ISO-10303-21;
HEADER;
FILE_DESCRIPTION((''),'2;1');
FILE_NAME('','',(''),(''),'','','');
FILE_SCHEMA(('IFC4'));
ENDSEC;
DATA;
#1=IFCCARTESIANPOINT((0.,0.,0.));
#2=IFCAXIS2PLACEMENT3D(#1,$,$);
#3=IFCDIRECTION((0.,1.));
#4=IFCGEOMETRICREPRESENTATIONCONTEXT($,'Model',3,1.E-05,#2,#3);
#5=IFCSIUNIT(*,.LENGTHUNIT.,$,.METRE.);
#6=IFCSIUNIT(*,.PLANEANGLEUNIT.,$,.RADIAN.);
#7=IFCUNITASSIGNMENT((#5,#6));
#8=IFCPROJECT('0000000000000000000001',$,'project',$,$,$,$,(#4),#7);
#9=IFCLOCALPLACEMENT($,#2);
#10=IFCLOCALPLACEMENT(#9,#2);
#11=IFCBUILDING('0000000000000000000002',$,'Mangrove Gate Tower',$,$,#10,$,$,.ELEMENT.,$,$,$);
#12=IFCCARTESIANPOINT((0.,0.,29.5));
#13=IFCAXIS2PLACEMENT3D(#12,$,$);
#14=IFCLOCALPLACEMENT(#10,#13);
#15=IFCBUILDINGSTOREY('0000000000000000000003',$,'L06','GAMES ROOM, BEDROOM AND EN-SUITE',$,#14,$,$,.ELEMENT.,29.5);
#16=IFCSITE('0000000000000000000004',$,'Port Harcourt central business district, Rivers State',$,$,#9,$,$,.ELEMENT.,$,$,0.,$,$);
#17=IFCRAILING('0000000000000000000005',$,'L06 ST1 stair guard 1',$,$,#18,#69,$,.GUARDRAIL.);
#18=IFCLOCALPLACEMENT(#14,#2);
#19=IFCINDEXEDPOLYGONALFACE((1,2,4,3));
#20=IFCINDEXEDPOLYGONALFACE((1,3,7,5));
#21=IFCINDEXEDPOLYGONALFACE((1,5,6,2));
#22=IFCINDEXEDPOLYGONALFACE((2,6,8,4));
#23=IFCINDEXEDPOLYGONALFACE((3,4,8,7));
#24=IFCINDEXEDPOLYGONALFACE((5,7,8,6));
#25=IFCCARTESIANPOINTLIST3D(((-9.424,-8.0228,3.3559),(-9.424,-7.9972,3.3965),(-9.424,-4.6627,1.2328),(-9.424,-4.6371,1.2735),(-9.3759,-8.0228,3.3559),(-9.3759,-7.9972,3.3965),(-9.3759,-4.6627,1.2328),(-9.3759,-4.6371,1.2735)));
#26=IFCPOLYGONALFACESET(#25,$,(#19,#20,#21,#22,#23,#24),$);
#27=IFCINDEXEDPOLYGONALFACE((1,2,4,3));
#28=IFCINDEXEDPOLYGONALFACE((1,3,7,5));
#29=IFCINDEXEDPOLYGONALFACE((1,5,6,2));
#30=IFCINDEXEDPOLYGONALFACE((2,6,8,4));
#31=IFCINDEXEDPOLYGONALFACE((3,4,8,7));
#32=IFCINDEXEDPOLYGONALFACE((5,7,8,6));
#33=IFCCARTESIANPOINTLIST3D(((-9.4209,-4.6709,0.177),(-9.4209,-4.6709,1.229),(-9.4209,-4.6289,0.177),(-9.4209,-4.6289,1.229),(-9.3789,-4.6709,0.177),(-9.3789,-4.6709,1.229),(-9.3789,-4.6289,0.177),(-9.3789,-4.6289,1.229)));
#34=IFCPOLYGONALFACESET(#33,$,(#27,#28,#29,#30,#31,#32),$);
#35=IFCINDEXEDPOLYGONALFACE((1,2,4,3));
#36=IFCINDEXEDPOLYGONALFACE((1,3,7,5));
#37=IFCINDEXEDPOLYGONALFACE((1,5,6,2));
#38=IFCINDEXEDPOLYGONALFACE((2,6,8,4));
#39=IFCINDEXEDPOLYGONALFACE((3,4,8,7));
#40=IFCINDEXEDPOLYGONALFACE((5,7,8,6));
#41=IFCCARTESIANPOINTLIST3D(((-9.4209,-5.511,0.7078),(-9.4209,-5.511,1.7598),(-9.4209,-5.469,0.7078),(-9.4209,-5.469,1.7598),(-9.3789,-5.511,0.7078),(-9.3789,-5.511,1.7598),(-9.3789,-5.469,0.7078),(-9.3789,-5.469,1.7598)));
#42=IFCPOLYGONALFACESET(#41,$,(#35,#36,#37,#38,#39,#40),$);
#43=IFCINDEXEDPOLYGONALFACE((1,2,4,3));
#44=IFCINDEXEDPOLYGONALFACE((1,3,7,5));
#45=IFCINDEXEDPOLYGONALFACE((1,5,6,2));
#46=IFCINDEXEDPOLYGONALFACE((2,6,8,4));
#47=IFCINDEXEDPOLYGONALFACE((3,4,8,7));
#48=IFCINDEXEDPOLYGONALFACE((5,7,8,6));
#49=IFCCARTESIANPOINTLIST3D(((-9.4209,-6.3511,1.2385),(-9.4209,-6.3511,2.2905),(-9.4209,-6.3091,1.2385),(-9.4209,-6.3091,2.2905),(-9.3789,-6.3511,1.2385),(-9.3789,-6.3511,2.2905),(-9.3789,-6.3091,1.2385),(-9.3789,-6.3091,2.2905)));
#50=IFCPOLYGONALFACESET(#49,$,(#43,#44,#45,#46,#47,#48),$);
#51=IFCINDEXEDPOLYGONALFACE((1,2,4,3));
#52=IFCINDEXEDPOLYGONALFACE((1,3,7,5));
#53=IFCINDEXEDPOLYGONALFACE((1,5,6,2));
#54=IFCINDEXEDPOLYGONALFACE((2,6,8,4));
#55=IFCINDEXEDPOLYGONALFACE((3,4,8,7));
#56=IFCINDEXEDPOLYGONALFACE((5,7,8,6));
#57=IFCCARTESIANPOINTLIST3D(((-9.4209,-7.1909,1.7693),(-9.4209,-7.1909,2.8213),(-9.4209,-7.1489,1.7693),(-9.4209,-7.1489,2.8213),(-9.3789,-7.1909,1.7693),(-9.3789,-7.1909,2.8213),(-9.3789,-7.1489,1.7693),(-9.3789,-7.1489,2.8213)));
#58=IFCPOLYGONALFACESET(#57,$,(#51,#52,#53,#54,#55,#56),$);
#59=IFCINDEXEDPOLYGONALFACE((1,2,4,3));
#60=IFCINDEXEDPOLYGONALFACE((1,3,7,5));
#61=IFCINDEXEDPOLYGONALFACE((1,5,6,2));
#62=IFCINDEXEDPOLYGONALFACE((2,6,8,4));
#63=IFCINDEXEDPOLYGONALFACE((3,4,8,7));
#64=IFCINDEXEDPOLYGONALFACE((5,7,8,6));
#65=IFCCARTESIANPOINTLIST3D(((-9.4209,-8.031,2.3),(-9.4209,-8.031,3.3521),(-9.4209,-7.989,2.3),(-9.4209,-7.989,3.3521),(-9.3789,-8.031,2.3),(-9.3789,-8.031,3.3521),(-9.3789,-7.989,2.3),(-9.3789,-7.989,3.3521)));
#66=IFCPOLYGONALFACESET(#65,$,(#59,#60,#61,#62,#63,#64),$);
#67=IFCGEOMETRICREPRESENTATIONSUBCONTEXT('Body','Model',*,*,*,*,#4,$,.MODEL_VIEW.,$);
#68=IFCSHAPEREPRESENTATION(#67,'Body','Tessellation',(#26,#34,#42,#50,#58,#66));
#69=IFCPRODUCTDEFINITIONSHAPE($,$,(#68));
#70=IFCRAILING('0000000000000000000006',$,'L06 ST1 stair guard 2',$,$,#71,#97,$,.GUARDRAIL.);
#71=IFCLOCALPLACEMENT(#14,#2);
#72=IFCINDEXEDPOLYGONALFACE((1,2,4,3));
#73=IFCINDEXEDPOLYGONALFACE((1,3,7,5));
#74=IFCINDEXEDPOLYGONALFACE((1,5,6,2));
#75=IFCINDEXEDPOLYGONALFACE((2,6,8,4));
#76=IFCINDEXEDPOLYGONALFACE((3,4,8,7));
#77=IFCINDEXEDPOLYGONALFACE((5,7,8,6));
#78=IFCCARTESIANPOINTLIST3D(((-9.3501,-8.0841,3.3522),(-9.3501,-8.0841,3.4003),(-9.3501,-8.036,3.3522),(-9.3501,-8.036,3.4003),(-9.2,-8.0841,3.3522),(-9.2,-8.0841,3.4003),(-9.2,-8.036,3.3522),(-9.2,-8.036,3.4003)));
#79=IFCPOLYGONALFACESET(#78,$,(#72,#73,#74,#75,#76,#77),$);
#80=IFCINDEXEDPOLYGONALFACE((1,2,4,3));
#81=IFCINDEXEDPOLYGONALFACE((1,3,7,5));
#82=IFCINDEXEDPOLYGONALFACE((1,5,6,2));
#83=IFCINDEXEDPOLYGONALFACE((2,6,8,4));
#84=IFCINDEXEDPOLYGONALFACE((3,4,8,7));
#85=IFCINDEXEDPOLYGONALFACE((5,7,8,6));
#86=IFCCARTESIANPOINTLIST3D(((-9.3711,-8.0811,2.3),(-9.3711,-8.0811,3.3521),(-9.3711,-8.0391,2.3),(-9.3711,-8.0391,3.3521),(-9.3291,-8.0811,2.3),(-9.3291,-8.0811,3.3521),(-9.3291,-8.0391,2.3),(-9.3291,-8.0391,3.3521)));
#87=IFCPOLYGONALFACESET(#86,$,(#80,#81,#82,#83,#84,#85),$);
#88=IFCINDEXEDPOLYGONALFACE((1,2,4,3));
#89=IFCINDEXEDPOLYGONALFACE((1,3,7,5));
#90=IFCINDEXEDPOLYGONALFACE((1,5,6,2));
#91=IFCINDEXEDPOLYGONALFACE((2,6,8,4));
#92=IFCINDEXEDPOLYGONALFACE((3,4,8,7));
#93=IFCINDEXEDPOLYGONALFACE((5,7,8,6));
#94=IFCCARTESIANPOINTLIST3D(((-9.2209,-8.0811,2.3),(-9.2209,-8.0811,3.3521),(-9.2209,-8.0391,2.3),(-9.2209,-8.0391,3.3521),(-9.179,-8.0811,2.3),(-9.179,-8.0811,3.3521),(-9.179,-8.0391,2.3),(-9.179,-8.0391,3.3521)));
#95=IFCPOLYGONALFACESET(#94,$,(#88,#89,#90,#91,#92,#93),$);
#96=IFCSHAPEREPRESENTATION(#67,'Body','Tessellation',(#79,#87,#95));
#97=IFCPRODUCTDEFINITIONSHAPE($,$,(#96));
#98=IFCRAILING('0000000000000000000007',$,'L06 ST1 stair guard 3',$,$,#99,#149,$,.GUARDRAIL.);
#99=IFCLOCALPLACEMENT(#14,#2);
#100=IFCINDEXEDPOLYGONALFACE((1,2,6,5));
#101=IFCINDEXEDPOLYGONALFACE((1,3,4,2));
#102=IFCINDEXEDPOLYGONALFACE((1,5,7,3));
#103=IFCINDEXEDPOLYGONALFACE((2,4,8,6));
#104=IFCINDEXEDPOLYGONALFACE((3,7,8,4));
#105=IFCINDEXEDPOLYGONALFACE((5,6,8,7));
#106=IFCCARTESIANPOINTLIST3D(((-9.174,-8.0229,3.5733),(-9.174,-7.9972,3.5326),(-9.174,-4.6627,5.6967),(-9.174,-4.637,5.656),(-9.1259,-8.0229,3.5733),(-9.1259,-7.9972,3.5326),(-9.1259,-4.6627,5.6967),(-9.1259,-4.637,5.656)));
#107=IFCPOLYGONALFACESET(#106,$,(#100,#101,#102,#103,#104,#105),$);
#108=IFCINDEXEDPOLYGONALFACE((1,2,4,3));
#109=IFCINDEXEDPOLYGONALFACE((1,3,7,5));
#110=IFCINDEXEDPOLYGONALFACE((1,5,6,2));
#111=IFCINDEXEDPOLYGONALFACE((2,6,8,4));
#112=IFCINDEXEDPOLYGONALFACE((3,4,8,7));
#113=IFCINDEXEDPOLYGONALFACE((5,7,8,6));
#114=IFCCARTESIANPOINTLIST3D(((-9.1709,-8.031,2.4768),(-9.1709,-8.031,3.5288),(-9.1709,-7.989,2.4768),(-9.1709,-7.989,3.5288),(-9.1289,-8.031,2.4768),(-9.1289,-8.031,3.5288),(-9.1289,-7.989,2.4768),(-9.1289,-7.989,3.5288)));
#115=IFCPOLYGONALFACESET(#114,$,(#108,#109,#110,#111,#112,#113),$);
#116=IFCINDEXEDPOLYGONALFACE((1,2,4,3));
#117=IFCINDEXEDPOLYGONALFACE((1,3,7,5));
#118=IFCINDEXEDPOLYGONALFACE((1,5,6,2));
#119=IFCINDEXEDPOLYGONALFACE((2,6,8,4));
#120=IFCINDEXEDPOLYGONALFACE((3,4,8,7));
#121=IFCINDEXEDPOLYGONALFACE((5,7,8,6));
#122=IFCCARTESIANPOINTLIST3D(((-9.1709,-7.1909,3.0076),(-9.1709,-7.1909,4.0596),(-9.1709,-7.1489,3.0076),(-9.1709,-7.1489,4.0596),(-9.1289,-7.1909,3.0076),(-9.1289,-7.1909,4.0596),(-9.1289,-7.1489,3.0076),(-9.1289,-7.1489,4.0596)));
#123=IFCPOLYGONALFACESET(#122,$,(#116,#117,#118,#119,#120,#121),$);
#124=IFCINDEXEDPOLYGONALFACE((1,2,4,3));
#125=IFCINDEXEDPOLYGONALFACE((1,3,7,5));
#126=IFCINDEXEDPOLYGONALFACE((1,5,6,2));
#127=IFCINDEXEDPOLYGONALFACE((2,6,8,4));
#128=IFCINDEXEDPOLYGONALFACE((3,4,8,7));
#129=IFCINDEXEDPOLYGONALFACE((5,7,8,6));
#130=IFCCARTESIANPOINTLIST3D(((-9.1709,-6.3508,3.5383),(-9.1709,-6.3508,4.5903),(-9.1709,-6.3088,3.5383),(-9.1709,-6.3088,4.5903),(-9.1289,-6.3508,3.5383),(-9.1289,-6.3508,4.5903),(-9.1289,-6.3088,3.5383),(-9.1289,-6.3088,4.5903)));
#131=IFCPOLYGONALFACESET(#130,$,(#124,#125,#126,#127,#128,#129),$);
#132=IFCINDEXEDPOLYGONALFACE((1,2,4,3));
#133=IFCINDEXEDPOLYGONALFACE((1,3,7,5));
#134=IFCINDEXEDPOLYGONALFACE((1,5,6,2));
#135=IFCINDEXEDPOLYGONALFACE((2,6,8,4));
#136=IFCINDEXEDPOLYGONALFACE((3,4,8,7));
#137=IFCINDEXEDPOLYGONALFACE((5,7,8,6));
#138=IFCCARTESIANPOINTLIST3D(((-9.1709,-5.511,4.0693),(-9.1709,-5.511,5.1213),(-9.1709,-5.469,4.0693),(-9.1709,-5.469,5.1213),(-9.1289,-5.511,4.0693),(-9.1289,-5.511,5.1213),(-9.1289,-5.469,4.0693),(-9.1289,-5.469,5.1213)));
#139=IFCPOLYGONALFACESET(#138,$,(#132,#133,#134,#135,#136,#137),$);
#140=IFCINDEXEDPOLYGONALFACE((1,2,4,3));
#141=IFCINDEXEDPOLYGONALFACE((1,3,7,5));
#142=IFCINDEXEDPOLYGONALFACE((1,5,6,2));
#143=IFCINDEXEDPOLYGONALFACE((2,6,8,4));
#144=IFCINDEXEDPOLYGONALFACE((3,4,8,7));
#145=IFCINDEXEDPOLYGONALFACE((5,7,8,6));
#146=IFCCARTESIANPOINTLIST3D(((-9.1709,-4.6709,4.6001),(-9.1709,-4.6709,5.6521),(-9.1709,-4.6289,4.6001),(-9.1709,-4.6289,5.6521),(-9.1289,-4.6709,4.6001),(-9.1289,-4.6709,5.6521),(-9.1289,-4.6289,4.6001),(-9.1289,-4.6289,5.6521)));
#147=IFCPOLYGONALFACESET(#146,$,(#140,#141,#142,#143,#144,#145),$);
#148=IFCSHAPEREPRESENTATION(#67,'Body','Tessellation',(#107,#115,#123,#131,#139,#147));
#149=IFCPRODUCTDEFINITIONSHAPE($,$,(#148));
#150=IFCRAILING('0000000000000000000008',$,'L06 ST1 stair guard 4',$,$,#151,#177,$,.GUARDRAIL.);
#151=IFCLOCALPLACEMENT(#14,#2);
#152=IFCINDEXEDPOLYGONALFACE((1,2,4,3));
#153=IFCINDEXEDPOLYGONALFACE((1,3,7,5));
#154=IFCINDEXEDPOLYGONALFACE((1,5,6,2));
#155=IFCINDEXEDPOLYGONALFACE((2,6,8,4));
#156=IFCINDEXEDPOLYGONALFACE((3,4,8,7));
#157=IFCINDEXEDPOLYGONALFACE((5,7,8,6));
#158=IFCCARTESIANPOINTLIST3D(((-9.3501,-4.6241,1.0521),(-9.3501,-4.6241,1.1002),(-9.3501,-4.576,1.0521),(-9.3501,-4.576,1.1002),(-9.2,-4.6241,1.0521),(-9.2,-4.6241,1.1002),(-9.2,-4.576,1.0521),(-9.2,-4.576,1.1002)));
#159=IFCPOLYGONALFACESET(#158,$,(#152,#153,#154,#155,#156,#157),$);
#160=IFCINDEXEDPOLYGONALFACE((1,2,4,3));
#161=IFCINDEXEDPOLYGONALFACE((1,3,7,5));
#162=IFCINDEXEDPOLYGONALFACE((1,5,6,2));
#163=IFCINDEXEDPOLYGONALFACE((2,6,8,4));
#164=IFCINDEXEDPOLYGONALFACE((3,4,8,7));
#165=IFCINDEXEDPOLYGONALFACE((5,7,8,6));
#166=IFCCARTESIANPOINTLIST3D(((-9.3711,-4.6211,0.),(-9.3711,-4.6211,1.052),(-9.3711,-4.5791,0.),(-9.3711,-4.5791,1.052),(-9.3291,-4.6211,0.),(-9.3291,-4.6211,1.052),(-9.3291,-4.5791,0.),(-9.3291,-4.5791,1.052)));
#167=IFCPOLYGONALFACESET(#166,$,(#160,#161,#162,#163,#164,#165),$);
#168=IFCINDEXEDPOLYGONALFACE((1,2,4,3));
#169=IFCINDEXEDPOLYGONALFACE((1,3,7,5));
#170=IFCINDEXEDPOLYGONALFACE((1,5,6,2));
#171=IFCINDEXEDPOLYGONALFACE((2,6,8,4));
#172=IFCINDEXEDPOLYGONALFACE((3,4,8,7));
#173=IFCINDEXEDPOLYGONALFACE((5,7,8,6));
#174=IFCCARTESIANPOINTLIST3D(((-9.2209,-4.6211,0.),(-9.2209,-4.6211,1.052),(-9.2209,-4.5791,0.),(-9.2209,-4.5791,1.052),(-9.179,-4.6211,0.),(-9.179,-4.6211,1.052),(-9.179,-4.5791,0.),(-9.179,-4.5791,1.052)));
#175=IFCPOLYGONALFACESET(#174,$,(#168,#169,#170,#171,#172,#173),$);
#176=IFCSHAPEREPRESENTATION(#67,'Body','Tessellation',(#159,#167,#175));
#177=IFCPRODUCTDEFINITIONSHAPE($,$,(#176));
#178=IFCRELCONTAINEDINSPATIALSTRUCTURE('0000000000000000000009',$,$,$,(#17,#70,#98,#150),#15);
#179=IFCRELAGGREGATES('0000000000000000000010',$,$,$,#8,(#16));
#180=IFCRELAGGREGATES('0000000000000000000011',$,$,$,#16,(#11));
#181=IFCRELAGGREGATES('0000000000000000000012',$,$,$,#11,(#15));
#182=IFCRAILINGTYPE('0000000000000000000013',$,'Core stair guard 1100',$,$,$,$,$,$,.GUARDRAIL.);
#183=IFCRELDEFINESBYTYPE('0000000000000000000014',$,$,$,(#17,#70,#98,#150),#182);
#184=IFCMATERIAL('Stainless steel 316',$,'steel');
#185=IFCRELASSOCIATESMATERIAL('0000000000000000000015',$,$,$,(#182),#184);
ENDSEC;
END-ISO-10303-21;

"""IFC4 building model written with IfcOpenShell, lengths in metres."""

from ifc_helpers import new_model, si_unit, direction, frame, origin, origin_2d, place, context, subcontext, project, spatial, rectangle, extrude, material, type_object, element, save


model = new_model("IFC4")

# Units and contexts
model_context = context("Model", 3, precision=1e-05, world=origin(), true_north=direction((0.0, 1.0)))
body_context = subcontext(model_context, "Body", "Model", "MODEL_VIEW")
ifc_project = project(units=[si_unit("LENGTHUNIT", "METRE"), si_unit("PLANEANGLEUNIT", "RADIAN")], contexts=[model_context])

# Site, building, storey
site_placement = place(None, origin())
site = spatial("IfcSite", under=ifc_project, at=site_placement, Name="Port Harcourt central business district, Rivers State", CompositionType="ELEMENT", RefElevation=0.0)
building_placement = place(site_placement, origin())
building = spatial("IfcBuilding", under=site, at=building_placement, Name="Mangrove Gate Tower", CompositionType="ELEMENT")
storey_placement = place(building_placement, frame((0.0, 0.0, 29.5)))
storey = spatial("IfcBuildingStorey", under=building, at=storey_placement, Name="L06", Description="GAMES ROOM, BEDROOM AND EN-SUITE", CompositionType="ELEMENT", Elevation=29.5)

# Railings
ifc_material_1 = material(Name="Stainless steel 316", Category="steel")
railing_type_1 = type_object("IfcRailingType", Name="Core stair guard 1100", PredefinedType="GUARDRAIL", material=ifc_material_1)
railing_1_placement = place(storey_placement, frame((-9.3999, -4.6499, 0.177)))
element("IfcRailing", 1, at=railing_1_placement, inside=storey, type_object=railing_type_1, Name="L06 ST1 stair guard 1", PredefinedType="GUARDRAIL", context=body_context, shape_type="SweptSolid", body=[
    extrude(rectangle(XDim=0.0481, YDim=0.0481, at=origin_2d()), frame((0.0, 0.0, 1.0762), z_axis=(0.0, -0.84539, 0.53415), x_axis=(1.0, 0.0, 0.0)), (0.0, 0.0, 1.0), 3.9746),
    extrude(rectangle(XDim=0.042, YDim=0.042, at=origin_2d()), origin(), (0.0, 0.0, 1.0), 1.052),
    extrude(rectangle(XDim=0.042, YDim=0.042, at=origin_2d()), frame((0.0, -0.8401, 0.5308)), (0.0, 0.0, 1.0), 1.052),
    extrude(rectangle(XDim=0.042, YDim=0.042, at=origin_2d()), frame((0.0, -1.6802, 1.0615)), (0.0, 0.0, 1.0), 1.052),
    extrude(rectangle(XDim=0.042, YDim=0.042, at=origin_2d()), frame((0.0, -2.52, 1.5923)), (0.0, 0.0, 1.0), 1.052),
    extrude(rectangle(XDim=0.042, YDim=0.042, at=origin_2d()), frame((0.0, -3.3601, 2.123)), (0.0, 0.0, 1.0), 1.052),
])
railing_2_placement = place(storey_placement, frame((-9.3501, -8.0601, 2.3)))
element("IfcRailing", 2, at=railing_2_placement, inside=storey, type_object=railing_type_1, Name="L06 ST1 stair guard 2", PredefinedType="GUARDRAIL", context=body_context, shape_type="SweptSolid", body=[
    extrude(rectangle(XDim=0.0481, YDim=0.0481, at=origin_2d()), frame((0.0, 0.0, 1.0762), z_axis=(1.0, 0.0, 0.0), x_axis=(0.0, 1.0, 0.0)), (0.0, 0.0, 1.0), 0.1501),
    extrude(rectangle(XDim=0.042, YDim=0.042, at=origin_2d()), origin(), (0.0, 0.0, 1.0), 1.052),
    extrude(rectangle(XDim=0.042, YDim=0.042, at=origin_2d()), frame((0.1501, 0.0, 0.0)), (0.0, 0.0, 1.0), 1.052),
])
railing_3_placement = place(storey_placement, frame((-9.1499, -8.01, 2.4768)))
element("IfcRailing", 3, at=railing_3_placement, inside=storey, type_object=railing_type_1, Name="L06 ST1 stair guard 3", PredefinedType="GUARDRAIL", context=body_context, shape_type="SweptSolid", body=[
    extrude(rectangle(XDim=0.0481, YDim=0.0481, at=origin_2d()), frame((0.0, 0.0, 1.0762), z_axis=(0.0, 0.845362, 0.534194), x_axis=(-1.0, 0.0, 0.0)), (0.0, 0.0, 1.0), 3.9749),
    extrude(rectangle(XDim=0.042, YDim=0.042, at=origin_2d()), origin(), (0.0, 0.0, 1.0), 1.052),
    extrude(rectangle(XDim=0.042, YDim=0.042, at=origin_2d()), frame((0.0, 0.8401, 0.5308)), (0.0, 0.0, 1.0), 1.052),
    extrude(rectangle(XDim=0.042, YDim=0.042, at=origin_2d()), frame((0.0, 1.6802, 1.0615)), (0.0, 0.0, 1.0), 1.052),
    extrude(rectangle(XDim=0.042, YDim=0.042, at=origin_2d()), frame((0.0, 2.52, 1.5925)), (0.0, 0.0, 1.0), 1.052),
    extrude(rectangle(XDim=0.042, YDim=0.042, at=origin_2d()), frame((0.0, 3.3601, 2.1233)), (0.0, 0.0, 1.0), 1.052),
])
railing_4_placement = place(storey_placement, frame((-9.3501, -4.6001, 0.0)))
element("IfcRailing", 4, at=railing_4_placement, inside=storey, type_object=railing_type_1, Name="L06 ST1 stair guard 4", PredefinedType="GUARDRAIL", context=body_context, shape_type="SweptSolid", body=[
    extrude(rectangle(XDim=0.0481, YDim=0.0481, at=origin_2d()), frame((0.0, 0.0, 1.0762), z_axis=(1.0, 0.0, 0.0), x_axis=(0.0, 1.0, 0.0)), (0.0, 0.0, 1.0), 0.1501),
    extrude(rectangle(XDim=0.042, YDim=0.042, at=origin_2d()), origin(), (0.0, 0.0, 1.0), 1.052),
    extrude(rectangle(XDim=0.042, YDim=0.042, at=origin_2d()), frame((0.1501, 0.0, 0.0)), (0.0, 0.0, 1.0), 1.052),
])

save(model, "model.ifc")
